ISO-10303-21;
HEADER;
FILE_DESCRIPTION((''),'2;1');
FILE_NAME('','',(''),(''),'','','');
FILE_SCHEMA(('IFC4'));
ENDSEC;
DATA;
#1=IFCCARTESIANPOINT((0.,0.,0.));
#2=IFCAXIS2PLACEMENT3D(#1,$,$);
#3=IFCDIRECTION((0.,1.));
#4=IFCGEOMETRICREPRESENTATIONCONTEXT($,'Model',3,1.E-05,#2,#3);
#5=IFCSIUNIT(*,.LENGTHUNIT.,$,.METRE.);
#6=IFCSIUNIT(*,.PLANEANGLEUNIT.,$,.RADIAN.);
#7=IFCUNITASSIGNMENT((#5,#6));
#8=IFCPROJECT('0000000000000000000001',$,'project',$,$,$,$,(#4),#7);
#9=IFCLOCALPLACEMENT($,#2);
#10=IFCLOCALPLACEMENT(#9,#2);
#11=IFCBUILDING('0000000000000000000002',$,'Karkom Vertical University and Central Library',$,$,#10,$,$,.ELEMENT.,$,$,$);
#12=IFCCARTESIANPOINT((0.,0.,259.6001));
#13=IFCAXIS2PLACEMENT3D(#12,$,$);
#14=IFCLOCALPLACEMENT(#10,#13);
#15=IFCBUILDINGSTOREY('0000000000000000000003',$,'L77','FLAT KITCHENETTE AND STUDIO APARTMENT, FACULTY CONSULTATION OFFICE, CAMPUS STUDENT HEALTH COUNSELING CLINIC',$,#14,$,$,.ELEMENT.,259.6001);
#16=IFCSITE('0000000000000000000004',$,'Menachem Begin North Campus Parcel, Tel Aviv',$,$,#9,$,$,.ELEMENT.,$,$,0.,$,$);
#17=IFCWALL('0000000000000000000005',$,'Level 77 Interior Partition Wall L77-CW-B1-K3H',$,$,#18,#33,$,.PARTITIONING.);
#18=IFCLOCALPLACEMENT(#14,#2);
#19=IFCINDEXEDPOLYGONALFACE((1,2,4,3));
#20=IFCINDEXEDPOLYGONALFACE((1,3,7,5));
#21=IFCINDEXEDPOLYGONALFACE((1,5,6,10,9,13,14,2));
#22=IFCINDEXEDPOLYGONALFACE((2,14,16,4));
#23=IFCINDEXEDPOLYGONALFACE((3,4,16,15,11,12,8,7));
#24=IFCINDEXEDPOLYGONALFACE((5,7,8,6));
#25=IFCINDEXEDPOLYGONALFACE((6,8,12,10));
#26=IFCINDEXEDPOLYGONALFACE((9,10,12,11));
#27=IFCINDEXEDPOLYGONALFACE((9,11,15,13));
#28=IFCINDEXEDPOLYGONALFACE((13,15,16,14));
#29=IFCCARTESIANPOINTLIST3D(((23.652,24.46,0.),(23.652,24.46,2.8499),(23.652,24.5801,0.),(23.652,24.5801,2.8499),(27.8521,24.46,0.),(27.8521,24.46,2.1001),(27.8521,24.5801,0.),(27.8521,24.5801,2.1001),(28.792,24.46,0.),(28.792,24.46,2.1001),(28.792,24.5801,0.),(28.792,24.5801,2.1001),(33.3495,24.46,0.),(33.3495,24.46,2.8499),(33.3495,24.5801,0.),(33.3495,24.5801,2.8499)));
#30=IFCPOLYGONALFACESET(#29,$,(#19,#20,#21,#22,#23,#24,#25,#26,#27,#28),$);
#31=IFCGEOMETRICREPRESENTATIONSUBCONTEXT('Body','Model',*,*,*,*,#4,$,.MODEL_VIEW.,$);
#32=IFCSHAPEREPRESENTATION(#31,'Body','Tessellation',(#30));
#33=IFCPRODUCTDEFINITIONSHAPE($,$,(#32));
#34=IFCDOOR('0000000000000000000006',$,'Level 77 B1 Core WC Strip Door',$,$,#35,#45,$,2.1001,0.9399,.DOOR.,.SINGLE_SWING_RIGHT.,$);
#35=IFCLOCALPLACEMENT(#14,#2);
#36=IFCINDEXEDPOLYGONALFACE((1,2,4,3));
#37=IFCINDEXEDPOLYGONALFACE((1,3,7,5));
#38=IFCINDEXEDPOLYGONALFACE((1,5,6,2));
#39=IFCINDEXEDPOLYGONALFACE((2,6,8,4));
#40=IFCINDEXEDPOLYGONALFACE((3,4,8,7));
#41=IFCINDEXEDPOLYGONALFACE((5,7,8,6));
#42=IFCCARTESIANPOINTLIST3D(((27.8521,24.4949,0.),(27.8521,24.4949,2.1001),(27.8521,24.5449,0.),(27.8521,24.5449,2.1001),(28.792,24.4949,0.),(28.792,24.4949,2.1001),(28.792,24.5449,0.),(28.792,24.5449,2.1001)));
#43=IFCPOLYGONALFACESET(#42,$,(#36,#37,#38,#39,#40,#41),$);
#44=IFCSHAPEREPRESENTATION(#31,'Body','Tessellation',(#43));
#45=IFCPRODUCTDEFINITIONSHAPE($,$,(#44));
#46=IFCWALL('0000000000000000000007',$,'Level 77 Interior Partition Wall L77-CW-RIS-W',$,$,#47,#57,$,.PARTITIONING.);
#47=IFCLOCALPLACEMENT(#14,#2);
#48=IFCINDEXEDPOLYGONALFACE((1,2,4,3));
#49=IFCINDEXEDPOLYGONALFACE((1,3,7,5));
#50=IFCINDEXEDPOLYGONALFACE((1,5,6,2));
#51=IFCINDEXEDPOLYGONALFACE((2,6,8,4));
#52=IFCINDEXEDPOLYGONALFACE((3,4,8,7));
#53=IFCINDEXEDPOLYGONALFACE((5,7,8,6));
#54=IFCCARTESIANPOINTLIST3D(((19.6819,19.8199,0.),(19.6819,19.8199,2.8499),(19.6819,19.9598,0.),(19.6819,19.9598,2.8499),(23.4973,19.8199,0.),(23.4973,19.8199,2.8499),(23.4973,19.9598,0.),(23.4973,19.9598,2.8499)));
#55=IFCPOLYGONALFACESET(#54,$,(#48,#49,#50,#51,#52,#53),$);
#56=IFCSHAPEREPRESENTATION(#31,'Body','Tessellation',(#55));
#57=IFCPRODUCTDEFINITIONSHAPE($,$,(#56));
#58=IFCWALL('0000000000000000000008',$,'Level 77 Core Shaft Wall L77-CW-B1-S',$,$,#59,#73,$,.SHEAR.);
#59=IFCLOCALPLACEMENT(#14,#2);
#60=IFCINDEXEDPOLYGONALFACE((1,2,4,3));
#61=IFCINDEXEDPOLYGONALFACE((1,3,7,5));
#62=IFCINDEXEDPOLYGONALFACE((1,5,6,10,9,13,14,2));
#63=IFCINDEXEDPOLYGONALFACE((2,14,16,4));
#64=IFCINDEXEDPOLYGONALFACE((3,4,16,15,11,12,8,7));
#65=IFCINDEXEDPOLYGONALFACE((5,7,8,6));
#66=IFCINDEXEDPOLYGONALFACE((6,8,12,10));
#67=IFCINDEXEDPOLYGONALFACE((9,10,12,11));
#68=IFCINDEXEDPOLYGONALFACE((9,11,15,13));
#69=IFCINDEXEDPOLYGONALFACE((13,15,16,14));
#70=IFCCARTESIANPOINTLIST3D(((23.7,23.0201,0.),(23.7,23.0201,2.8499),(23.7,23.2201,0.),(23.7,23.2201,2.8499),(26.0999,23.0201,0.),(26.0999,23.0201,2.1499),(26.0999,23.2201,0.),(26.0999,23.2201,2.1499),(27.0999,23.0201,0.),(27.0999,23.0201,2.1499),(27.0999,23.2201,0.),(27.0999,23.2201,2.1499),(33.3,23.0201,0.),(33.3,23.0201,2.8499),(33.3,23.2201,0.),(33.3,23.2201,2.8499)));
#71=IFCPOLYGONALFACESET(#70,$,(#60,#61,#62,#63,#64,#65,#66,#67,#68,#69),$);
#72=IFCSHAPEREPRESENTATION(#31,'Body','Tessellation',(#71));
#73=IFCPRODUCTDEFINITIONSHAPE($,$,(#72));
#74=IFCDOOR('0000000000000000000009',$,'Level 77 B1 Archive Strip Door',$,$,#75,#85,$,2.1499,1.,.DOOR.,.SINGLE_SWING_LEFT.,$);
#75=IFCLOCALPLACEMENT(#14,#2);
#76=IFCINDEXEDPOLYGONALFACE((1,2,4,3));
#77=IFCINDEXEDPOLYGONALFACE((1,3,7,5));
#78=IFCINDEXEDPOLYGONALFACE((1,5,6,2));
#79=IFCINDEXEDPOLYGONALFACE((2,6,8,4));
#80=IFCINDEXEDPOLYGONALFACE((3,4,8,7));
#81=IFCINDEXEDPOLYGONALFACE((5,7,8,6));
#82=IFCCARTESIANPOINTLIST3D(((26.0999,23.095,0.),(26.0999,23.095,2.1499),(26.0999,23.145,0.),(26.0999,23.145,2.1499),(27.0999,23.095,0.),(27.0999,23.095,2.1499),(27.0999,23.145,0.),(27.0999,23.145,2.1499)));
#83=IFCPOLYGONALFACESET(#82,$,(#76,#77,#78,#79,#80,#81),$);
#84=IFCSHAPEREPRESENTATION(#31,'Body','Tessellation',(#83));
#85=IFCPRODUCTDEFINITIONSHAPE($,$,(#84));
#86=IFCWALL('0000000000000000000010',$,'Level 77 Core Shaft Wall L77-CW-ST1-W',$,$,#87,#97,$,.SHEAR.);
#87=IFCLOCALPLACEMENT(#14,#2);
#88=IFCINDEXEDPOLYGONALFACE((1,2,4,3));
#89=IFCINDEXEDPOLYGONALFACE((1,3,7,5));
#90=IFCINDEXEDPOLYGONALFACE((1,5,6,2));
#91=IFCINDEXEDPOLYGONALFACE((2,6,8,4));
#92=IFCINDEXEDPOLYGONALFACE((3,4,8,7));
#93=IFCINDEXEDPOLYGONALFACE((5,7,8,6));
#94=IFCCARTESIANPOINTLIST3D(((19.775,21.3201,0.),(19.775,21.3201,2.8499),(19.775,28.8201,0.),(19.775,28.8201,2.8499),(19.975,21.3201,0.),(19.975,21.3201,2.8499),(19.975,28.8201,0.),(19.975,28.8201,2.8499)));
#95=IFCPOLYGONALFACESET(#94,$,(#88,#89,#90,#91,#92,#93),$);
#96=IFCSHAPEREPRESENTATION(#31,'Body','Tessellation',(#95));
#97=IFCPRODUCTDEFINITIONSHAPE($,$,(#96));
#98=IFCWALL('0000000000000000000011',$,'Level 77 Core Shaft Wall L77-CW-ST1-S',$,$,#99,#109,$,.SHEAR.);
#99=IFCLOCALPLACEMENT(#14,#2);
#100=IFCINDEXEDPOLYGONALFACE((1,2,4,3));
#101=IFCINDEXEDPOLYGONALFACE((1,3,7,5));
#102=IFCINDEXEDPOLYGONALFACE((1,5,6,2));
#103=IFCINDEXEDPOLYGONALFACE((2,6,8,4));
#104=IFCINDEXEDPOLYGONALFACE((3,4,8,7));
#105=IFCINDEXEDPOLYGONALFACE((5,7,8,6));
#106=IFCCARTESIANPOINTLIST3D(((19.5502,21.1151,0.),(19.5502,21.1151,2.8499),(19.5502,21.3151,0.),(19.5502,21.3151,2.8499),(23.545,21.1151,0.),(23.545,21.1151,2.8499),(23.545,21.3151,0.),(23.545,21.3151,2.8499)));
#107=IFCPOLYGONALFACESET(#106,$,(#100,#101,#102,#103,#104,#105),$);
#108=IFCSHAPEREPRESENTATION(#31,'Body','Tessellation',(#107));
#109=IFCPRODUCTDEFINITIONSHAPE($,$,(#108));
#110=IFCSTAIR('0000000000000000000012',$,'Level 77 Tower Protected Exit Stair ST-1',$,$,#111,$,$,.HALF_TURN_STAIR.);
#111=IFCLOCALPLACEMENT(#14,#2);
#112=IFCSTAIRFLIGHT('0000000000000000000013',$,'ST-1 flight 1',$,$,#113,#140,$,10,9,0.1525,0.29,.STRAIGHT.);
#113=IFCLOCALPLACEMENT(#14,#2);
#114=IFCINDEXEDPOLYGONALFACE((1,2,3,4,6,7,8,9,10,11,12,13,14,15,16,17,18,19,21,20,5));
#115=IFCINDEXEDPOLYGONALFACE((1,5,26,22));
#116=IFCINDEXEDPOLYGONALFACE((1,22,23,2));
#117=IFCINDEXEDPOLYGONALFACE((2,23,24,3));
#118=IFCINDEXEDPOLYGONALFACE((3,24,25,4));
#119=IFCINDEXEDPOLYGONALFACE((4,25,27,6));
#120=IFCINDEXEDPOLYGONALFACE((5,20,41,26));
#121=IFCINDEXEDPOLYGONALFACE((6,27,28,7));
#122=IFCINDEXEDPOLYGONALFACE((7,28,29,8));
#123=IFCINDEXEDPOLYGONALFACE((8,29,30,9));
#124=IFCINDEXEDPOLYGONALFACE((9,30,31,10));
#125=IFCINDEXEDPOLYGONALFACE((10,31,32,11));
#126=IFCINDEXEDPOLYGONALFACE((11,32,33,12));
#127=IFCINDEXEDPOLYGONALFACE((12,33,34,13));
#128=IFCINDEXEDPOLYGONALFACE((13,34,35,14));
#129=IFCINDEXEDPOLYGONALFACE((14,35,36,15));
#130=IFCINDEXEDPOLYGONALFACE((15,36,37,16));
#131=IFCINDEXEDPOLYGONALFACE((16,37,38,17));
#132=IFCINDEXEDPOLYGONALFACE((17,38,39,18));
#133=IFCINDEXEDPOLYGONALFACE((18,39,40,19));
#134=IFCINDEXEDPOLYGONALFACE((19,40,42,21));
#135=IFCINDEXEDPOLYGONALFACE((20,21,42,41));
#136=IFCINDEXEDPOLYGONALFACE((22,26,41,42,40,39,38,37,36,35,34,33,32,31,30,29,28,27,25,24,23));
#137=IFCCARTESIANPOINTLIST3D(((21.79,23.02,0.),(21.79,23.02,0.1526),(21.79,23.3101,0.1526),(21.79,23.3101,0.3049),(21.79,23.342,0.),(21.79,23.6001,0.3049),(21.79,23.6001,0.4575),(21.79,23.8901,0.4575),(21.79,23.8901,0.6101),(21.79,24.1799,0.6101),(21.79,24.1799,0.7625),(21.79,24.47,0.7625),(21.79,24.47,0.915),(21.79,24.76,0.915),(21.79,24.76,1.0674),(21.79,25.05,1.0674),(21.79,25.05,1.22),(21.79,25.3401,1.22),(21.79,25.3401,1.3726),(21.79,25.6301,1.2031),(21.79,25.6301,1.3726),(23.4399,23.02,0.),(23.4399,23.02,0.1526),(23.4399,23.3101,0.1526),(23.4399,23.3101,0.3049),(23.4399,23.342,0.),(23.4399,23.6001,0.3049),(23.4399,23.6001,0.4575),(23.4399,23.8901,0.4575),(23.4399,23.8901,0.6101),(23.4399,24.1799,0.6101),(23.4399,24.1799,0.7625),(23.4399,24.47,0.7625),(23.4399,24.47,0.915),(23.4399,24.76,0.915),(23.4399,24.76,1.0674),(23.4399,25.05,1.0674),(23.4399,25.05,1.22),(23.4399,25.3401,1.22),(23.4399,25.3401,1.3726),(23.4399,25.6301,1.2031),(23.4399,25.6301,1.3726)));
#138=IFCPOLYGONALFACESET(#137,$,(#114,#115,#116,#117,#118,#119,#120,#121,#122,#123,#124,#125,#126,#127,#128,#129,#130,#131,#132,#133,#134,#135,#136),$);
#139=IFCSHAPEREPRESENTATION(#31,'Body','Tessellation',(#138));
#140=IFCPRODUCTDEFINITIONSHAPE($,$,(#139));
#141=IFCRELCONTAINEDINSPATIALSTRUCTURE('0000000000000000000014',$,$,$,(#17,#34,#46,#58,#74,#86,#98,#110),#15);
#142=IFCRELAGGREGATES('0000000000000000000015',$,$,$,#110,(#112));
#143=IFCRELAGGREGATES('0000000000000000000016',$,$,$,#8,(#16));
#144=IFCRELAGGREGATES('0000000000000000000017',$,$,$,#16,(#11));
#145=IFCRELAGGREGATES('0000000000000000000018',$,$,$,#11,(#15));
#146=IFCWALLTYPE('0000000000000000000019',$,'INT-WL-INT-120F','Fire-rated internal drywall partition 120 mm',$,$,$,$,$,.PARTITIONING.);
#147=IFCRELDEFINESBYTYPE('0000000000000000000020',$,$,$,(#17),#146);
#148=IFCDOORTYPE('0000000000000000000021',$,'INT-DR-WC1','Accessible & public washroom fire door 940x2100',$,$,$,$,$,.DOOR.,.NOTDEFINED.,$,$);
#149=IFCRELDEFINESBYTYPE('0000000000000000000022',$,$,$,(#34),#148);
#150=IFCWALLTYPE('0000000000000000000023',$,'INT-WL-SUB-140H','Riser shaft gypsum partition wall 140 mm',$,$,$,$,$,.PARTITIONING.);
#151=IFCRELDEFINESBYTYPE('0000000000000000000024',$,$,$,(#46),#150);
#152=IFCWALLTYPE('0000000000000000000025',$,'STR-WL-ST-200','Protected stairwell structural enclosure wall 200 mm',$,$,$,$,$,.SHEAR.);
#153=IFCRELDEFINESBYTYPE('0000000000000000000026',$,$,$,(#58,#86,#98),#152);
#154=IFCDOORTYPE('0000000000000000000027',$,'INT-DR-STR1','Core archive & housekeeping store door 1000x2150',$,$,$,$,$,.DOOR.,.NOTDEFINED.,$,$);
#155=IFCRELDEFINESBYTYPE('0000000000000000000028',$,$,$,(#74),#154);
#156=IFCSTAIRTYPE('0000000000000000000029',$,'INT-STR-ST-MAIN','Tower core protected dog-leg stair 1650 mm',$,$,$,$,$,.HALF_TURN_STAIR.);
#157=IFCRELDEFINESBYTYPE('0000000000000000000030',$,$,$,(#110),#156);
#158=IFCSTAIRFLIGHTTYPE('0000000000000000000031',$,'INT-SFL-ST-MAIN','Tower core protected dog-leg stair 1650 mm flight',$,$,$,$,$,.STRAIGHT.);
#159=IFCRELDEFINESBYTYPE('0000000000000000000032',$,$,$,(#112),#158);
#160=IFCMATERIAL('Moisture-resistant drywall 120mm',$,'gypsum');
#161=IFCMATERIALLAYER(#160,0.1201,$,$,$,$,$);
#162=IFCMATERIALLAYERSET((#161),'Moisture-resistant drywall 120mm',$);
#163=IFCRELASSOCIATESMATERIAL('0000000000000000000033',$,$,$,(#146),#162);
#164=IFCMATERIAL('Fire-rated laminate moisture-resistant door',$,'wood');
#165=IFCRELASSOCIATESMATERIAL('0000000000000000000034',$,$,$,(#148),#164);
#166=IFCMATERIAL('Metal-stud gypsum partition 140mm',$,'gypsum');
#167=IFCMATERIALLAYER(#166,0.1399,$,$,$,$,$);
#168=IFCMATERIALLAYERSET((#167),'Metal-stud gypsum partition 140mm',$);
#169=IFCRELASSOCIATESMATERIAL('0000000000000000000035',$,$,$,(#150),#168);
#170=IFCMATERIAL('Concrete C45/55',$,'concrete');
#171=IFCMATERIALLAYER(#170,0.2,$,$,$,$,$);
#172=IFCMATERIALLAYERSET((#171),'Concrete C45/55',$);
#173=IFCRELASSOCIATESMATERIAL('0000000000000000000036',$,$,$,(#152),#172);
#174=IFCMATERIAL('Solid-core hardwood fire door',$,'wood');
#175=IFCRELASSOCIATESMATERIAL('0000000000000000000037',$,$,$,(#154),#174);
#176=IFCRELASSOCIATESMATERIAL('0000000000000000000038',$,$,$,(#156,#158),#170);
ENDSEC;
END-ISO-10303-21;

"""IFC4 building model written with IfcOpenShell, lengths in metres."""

from ifc_helpers import new_model, si_unit, direction, frame, frame_2d, origin, origin_with_axes, place, context, subcontext, project, spatial, polyline, rectangle, outline, extrude, source, transform, mapped, material, layer, layer_set, type_object, element, fill, aggregate, save


model = new_model("IFC4")

# Units and contexts
model_context = context("Model", 3, precision=1e-05, world=origin(), true_north=direction((0.0, 1.0)))
body_context = subcontext(model_context, "Body", "Model", "MODEL_VIEW")
ifc_project = project(units=[si_unit("LENGTHUNIT", "METRE"), si_unit("PLANEANGLEUNIT", "RADIAN")], contexts=[model_context])

# Site, building, storey
site_placement = place(None, origin())
site = spatial("IfcSite", under=ifc_project, at=site_placement, Name="Menachem Begin North Campus Parcel, Tel Aviv", CompositionType="ELEMENT", RefElevation=0.0)
building_placement = place(site_placement, origin())
building = spatial("IfcBuilding", under=site, at=building_placement, Name="Karkom Vertical University and Central Library", CompositionType="ELEMENT")
storey_placement = place(building_placement, frame((0.0, 0.0, 259.6001)))
storey = spatial("IfcBuildingStorey", under=building, at=storey_placement, Name="L77", Description="FLAT KITCHENETTE AND STUDIO APARTMENT, FACULTY CONSULTATION OFFICE, CAMPUS STUDENT HEALTH COUNSELING CLINIC", CompositionType="ELEMENT", Elevation=259.6001)

# Wall, opening, door
ifc_material_1 = material(Name="Moisture-resistant drywall 120mm", Category="gypsum")
ifc_layer_1 = layer(ifc_material_1, 0.1201)
ifc_layer_set_1 = layer_set([ifc_layer_1], Name="Moisture-resistant drywall 120mm")
wall_type_1 = type_object("IfcWallType", Name="INT-WL-INT-120F", Description="Fire-rated internal drywall partition 120 mm", PredefinedType="PARTITIONING", material=ifc_layer_set_1)
wall_1_placement = place(storey_placement, frame((23.6521, 24.52, 0.0), z_axis=(0.0, 0.0, 1.0), x_axis=(1.0, 0.0, 0.0)))
wall_1 = element("IfcWall", 1, at=wall_1_placement, inside=storey, type_object=wall_type_1, Name="Level 77 Interior Partition Wall L77-CW-B1-K3H", PredefinedType="PARTITIONING", context=body_context, shape_type="SweptSolid", body=[
    extrude(rectangle(XDim=9.6975, YDim=0.1201, at=frame_2d((4.8486, 0.0))), origin(), (0.0, 0.0, 1.0), 2.8499),
])
opening_1_placement = place(wall_1_placement, frame((4.2, 0.0, 0.0)))
opening_1 = element("IfcOpeningElement", 2, at=opening_1_placement, cuts=wall_1, PredefinedType="OPENING", context=body_context, shape_type="SweptSolid", body=[
    extrude(rectangle(XDim=0.9399, YDim=2.1001, at=frame_2d((0.47, 1.05))), frame((0.0, 0.0701, 0.0), z_axis=(0.0, -1.0, 0.0), x_axis=(1.0, 0.0, 0.0)), (0.0, 0.0, 1.0), 0.1401),
])
ifc_material_2 = material(Name="Fire-rated laminate moisture-resistant door", Category="wood")
door_type_1 = type_object("IfcDoorType", Name="INT-DR-WC1", Description="Accessible & public washroom fire door 940x2100", OperationType="NOTDEFINED", PredefinedType="DOOR", material=ifc_material_2)
shared_shape_1 = source(origin_with_axes(), body_context, "Body", "SweptSolid", [
    extrude(rectangle(XDim=0.9399, YDim=2.1001, at=frame_2d((0.47, 1.05))), frame((0.0, 0.0249, 0.0), z_axis=(0.0, -1.0, 0.0), x_axis=(1.0, 0.0, 0.0)), (0.0, 0.0, 1.0), 0.05),
])
door_1_placement = place(opening_1_placement, origin())
door_1 = element("IfcDoor", 3, at=door_1_placement, inside=storey, type_object=door_type_1, Name="Level 77 B1 Core WC Strip Door", OperationType="SINGLE_SWING_RIGHT", OverallHeight=2.1001, OverallWidth=0.9399, PredefinedType="DOOR", context=body_context, shape_type="MappedRepresentation", body=[
    mapped(shared_shape_1, transform((0.0, 0.0, 0.0), scale=1.0)),
])
fill(opening_1, door_1)

# Wall
ifc_material_3 = material(Name="Metal-stud gypsum partition 140mm", Category="gypsum")
ifc_layer_2 = layer(ifc_material_3, 0.1399)
ifc_layer_set_2 = layer_set([ifc_layer_2], Name="Metal-stud gypsum partition 140mm")
wall_type_2 = type_object("IfcWallType", Name="INT-WL-SUB-140H", Description="Riser shaft gypsum partition wall 140 mm", PredefinedType="PARTITIONING", material=ifc_layer_set_2)
wall_2_placement = place(storey_placement, frame((19.6819, 19.8899, 0.0), z_axis=(0.0, 0.0, 1.0), x_axis=(1.0, 0.0, 0.0)))
element("IfcWall", 4, at=wall_2_placement, inside=storey, type_object=wall_type_2, Name="Level 77 Interior Partition Wall L77-CW-RIS-W", PredefinedType="PARTITIONING", context=body_context, shape_type="SweptSolid", body=[
    extrude(rectangle(XDim=3.8154, YDim=0.1399, at=frame_2d((1.9077, 0.0))), origin(), (0.0, 0.0, 1.0), 2.8499),
])

# Wall, opening, door
ifc_material_4 = material(Name="Concrete C45/55", Category="concrete")
ifc_layer_3 = layer(ifc_material_4, 0.2)
ifc_layer_set_3 = layer_set([ifc_layer_3], Name="Concrete C45/55")
wall_type_3 = type_object("IfcWallType", Name="STR-WL-ST-200", Description="Protected stairwell structural enclosure wall 200 mm", PredefinedType="SHEAR", material=ifc_layer_set_3)
wall_3_placement = place(storey_placement, frame((23.7, 23.1201, 0.0), z_axis=(0.0, 0.0, 1.0), x_axis=(1.0, 0.0, 0.0)))
wall_3 = element("IfcWall", 5, at=wall_3_placement, inside=storey, type_object=wall_type_3, Name="Level 77 Core Shaft Wall L77-CW-B1-S", PredefinedType="SHEAR", context=body_context, shape_type="SweptSolid", body=[
    extrude(rectangle(XDim=9.6001, YDim=0.2, at=frame_2d((4.8, 0.0))), origin(), (0.0, 0.0, 1.0), 2.8499),
])
opening_2_placement = place(wall_3_placement, frame((2.3999, 0.0, 0.0)))
opening_2 = element("IfcOpeningElement", 6, at=opening_2_placement, cuts=wall_3, PredefinedType="OPENING", context=body_context, shape_type="SweptSolid", body=[
    extrude(rectangle(XDim=1.0, YDim=2.1499, at=frame_2d((0.5, 1.075))), frame((0.0, 0.1099, 0.0), z_axis=(0.0, -1.0, 0.0), x_axis=(1.0, 0.0, 0.0)), (0.0, 0.0, 1.0), 0.22),
])
ifc_material_5 = material(Name="Solid-core hardwood fire door", Category="wood")
door_type_2 = type_object("IfcDoorType", Name="INT-DR-STR1", Description="Core archive & housekeeping store door 1000x2150", OperationType="NOTDEFINED", PredefinedType="DOOR", material=ifc_material_5)
shared_shape_2 = source(origin_with_axes(), body_context, "Body", "SweptSolid", [
    extrude(rectangle(XDim=1.0, YDim=2.1499, at=frame_2d((0.5, 1.075))), frame((0.0, 0.0249, 0.0), z_axis=(0.0, -1.0, 0.0), x_axis=(1.0, 0.0, 0.0)), (0.0, 0.0, 1.0), 0.05),
])
door_2_placement = place(opening_2_placement, origin())
door_2 = element("IfcDoor", 7, at=door_2_placement, inside=storey, type_object=door_type_2, Name="Level 77 B1 Archive Strip Door", OperationType="SINGLE_SWING_LEFT", OverallHeight=2.1499, OverallWidth=1.0, PredefinedType="DOOR", context=body_context, shape_type="MappedRepresentation", body=[
    mapped(shared_shape_2, transform((0.0, 0.0, 0.0), scale=1.0)),
])
fill(opening_2, door_2)

# Walls
wall_4_placement = place(storey_placement, frame((19.875, 21.3201, 0.0), z_axis=(0.0, 0.0, 1.0), x_axis=(0.0, 1.0, 0.0)))
element("IfcWall", 8, at=wall_4_placement, inside=storey, type_object=wall_type_3, Name="Level 77 Core Shaft Wall L77-CW-ST1-W", PredefinedType="SHEAR", context=body_context, shape_type="SweptSolid", body=[
    extrude(rectangle(XDim=7.5, YDim=0.2, at=frame_2d((3.75, 0.0))), origin(), (0.0, 0.0, 1.0), 2.8499),
])
wall_5_placement = place(storey_placement, frame((19.55, 21.2151, 0.0), z_axis=(0.0, 0.0, 1.0), x_axis=(1.0, 0.0, 0.0)))
element("IfcWall", 9, at=wall_5_placement, inside=storey, type_object=wall_type_3, Name="Level 77 Core Shaft Wall L77-CW-ST1-S", PredefinedType="SHEAR", context=body_context, shape_type="SweptSolid", body=[
    extrude(rectangle(XDim=3.9949, YDim=0.2, at=frame_2d((1.9976, 0.0))), origin(), (0.0, 0.0, 1.0), 2.8499),
])

# Stair, stair flight
stair_type = type_object("IfcStairType", Name="INT-STR-ST-MAIN", Description="Tower core protected dog-leg stair 1650 mm", PredefinedType="HALF_TURN_STAIR", material=ifc_material_4)
stair_placement = place(storey_placement, origin())
stair = element("IfcStair", 10, at=stair_placement, inside=storey, type_object=stair_type, Name="Level 77 Tower Protected Exit Stair ST-1", PredefinedType="HALF_TURN_STAIR")
stair_flight_type = type_object("IfcStairFlightType", Name="INT-SFL-ST-MAIN", Description="Tower core protected dog-leg stair 1650 mm flight", PredefinedType="STRAIGHT", material=ifc_material_4)
stair_flight_placement = place(storey_placement, frame((22.615, 23.02, 0.0), z_axis=(0.0, 0.0, 1.0), x_axis=(0.0, 1.0, 0.0)))
stair_flight = element("IfcStairFlight", 11, at=stair_flight_placement, type_object=stair_flight_type, Name="ST-1 flight 1", NumberOfRisers=10, NumberOfTreads=9, PredefinedType="STRAIGHT", RiserHeight=0.1525, TreadLength=0.29, context=body_context, shape_type="SweptSolid", body=[
    extrude(outline(polyline([(0.0, 0.0), (0.0, 0.1526), (0.29, 0.1526), (0.29, 0.3049), (0.5801, 0.3049), (0.5801, 0.4575), (0.8701, 0.4575), (0.8701, 0.6101), (1.1599, 0.6101), (1.1599, 0.7625), (1.45, 0.7625), (1.45, 0.915), (1.74, 0.915), (1.74, 1.0674), (2.03, 1.0674), (2.03, 1.22), (2.3201, 1.22), (2.3201, 1.3726), (2.6101, 1.3726), (2.6101, 1.5249), (2.6101, 1.2031), (0.322, 0.0), (0.0, 0.0)])), frame((0.0, 0.825, 0.0), z_axis=(0.0, -1.0, 0.0), x_axis=(1.0, 0.0, 0.0)), (0.0, 0.0, 1.0), 1.6499),
])
aggregate(stair, [stair_flight])

save(model, "model.ifc")
